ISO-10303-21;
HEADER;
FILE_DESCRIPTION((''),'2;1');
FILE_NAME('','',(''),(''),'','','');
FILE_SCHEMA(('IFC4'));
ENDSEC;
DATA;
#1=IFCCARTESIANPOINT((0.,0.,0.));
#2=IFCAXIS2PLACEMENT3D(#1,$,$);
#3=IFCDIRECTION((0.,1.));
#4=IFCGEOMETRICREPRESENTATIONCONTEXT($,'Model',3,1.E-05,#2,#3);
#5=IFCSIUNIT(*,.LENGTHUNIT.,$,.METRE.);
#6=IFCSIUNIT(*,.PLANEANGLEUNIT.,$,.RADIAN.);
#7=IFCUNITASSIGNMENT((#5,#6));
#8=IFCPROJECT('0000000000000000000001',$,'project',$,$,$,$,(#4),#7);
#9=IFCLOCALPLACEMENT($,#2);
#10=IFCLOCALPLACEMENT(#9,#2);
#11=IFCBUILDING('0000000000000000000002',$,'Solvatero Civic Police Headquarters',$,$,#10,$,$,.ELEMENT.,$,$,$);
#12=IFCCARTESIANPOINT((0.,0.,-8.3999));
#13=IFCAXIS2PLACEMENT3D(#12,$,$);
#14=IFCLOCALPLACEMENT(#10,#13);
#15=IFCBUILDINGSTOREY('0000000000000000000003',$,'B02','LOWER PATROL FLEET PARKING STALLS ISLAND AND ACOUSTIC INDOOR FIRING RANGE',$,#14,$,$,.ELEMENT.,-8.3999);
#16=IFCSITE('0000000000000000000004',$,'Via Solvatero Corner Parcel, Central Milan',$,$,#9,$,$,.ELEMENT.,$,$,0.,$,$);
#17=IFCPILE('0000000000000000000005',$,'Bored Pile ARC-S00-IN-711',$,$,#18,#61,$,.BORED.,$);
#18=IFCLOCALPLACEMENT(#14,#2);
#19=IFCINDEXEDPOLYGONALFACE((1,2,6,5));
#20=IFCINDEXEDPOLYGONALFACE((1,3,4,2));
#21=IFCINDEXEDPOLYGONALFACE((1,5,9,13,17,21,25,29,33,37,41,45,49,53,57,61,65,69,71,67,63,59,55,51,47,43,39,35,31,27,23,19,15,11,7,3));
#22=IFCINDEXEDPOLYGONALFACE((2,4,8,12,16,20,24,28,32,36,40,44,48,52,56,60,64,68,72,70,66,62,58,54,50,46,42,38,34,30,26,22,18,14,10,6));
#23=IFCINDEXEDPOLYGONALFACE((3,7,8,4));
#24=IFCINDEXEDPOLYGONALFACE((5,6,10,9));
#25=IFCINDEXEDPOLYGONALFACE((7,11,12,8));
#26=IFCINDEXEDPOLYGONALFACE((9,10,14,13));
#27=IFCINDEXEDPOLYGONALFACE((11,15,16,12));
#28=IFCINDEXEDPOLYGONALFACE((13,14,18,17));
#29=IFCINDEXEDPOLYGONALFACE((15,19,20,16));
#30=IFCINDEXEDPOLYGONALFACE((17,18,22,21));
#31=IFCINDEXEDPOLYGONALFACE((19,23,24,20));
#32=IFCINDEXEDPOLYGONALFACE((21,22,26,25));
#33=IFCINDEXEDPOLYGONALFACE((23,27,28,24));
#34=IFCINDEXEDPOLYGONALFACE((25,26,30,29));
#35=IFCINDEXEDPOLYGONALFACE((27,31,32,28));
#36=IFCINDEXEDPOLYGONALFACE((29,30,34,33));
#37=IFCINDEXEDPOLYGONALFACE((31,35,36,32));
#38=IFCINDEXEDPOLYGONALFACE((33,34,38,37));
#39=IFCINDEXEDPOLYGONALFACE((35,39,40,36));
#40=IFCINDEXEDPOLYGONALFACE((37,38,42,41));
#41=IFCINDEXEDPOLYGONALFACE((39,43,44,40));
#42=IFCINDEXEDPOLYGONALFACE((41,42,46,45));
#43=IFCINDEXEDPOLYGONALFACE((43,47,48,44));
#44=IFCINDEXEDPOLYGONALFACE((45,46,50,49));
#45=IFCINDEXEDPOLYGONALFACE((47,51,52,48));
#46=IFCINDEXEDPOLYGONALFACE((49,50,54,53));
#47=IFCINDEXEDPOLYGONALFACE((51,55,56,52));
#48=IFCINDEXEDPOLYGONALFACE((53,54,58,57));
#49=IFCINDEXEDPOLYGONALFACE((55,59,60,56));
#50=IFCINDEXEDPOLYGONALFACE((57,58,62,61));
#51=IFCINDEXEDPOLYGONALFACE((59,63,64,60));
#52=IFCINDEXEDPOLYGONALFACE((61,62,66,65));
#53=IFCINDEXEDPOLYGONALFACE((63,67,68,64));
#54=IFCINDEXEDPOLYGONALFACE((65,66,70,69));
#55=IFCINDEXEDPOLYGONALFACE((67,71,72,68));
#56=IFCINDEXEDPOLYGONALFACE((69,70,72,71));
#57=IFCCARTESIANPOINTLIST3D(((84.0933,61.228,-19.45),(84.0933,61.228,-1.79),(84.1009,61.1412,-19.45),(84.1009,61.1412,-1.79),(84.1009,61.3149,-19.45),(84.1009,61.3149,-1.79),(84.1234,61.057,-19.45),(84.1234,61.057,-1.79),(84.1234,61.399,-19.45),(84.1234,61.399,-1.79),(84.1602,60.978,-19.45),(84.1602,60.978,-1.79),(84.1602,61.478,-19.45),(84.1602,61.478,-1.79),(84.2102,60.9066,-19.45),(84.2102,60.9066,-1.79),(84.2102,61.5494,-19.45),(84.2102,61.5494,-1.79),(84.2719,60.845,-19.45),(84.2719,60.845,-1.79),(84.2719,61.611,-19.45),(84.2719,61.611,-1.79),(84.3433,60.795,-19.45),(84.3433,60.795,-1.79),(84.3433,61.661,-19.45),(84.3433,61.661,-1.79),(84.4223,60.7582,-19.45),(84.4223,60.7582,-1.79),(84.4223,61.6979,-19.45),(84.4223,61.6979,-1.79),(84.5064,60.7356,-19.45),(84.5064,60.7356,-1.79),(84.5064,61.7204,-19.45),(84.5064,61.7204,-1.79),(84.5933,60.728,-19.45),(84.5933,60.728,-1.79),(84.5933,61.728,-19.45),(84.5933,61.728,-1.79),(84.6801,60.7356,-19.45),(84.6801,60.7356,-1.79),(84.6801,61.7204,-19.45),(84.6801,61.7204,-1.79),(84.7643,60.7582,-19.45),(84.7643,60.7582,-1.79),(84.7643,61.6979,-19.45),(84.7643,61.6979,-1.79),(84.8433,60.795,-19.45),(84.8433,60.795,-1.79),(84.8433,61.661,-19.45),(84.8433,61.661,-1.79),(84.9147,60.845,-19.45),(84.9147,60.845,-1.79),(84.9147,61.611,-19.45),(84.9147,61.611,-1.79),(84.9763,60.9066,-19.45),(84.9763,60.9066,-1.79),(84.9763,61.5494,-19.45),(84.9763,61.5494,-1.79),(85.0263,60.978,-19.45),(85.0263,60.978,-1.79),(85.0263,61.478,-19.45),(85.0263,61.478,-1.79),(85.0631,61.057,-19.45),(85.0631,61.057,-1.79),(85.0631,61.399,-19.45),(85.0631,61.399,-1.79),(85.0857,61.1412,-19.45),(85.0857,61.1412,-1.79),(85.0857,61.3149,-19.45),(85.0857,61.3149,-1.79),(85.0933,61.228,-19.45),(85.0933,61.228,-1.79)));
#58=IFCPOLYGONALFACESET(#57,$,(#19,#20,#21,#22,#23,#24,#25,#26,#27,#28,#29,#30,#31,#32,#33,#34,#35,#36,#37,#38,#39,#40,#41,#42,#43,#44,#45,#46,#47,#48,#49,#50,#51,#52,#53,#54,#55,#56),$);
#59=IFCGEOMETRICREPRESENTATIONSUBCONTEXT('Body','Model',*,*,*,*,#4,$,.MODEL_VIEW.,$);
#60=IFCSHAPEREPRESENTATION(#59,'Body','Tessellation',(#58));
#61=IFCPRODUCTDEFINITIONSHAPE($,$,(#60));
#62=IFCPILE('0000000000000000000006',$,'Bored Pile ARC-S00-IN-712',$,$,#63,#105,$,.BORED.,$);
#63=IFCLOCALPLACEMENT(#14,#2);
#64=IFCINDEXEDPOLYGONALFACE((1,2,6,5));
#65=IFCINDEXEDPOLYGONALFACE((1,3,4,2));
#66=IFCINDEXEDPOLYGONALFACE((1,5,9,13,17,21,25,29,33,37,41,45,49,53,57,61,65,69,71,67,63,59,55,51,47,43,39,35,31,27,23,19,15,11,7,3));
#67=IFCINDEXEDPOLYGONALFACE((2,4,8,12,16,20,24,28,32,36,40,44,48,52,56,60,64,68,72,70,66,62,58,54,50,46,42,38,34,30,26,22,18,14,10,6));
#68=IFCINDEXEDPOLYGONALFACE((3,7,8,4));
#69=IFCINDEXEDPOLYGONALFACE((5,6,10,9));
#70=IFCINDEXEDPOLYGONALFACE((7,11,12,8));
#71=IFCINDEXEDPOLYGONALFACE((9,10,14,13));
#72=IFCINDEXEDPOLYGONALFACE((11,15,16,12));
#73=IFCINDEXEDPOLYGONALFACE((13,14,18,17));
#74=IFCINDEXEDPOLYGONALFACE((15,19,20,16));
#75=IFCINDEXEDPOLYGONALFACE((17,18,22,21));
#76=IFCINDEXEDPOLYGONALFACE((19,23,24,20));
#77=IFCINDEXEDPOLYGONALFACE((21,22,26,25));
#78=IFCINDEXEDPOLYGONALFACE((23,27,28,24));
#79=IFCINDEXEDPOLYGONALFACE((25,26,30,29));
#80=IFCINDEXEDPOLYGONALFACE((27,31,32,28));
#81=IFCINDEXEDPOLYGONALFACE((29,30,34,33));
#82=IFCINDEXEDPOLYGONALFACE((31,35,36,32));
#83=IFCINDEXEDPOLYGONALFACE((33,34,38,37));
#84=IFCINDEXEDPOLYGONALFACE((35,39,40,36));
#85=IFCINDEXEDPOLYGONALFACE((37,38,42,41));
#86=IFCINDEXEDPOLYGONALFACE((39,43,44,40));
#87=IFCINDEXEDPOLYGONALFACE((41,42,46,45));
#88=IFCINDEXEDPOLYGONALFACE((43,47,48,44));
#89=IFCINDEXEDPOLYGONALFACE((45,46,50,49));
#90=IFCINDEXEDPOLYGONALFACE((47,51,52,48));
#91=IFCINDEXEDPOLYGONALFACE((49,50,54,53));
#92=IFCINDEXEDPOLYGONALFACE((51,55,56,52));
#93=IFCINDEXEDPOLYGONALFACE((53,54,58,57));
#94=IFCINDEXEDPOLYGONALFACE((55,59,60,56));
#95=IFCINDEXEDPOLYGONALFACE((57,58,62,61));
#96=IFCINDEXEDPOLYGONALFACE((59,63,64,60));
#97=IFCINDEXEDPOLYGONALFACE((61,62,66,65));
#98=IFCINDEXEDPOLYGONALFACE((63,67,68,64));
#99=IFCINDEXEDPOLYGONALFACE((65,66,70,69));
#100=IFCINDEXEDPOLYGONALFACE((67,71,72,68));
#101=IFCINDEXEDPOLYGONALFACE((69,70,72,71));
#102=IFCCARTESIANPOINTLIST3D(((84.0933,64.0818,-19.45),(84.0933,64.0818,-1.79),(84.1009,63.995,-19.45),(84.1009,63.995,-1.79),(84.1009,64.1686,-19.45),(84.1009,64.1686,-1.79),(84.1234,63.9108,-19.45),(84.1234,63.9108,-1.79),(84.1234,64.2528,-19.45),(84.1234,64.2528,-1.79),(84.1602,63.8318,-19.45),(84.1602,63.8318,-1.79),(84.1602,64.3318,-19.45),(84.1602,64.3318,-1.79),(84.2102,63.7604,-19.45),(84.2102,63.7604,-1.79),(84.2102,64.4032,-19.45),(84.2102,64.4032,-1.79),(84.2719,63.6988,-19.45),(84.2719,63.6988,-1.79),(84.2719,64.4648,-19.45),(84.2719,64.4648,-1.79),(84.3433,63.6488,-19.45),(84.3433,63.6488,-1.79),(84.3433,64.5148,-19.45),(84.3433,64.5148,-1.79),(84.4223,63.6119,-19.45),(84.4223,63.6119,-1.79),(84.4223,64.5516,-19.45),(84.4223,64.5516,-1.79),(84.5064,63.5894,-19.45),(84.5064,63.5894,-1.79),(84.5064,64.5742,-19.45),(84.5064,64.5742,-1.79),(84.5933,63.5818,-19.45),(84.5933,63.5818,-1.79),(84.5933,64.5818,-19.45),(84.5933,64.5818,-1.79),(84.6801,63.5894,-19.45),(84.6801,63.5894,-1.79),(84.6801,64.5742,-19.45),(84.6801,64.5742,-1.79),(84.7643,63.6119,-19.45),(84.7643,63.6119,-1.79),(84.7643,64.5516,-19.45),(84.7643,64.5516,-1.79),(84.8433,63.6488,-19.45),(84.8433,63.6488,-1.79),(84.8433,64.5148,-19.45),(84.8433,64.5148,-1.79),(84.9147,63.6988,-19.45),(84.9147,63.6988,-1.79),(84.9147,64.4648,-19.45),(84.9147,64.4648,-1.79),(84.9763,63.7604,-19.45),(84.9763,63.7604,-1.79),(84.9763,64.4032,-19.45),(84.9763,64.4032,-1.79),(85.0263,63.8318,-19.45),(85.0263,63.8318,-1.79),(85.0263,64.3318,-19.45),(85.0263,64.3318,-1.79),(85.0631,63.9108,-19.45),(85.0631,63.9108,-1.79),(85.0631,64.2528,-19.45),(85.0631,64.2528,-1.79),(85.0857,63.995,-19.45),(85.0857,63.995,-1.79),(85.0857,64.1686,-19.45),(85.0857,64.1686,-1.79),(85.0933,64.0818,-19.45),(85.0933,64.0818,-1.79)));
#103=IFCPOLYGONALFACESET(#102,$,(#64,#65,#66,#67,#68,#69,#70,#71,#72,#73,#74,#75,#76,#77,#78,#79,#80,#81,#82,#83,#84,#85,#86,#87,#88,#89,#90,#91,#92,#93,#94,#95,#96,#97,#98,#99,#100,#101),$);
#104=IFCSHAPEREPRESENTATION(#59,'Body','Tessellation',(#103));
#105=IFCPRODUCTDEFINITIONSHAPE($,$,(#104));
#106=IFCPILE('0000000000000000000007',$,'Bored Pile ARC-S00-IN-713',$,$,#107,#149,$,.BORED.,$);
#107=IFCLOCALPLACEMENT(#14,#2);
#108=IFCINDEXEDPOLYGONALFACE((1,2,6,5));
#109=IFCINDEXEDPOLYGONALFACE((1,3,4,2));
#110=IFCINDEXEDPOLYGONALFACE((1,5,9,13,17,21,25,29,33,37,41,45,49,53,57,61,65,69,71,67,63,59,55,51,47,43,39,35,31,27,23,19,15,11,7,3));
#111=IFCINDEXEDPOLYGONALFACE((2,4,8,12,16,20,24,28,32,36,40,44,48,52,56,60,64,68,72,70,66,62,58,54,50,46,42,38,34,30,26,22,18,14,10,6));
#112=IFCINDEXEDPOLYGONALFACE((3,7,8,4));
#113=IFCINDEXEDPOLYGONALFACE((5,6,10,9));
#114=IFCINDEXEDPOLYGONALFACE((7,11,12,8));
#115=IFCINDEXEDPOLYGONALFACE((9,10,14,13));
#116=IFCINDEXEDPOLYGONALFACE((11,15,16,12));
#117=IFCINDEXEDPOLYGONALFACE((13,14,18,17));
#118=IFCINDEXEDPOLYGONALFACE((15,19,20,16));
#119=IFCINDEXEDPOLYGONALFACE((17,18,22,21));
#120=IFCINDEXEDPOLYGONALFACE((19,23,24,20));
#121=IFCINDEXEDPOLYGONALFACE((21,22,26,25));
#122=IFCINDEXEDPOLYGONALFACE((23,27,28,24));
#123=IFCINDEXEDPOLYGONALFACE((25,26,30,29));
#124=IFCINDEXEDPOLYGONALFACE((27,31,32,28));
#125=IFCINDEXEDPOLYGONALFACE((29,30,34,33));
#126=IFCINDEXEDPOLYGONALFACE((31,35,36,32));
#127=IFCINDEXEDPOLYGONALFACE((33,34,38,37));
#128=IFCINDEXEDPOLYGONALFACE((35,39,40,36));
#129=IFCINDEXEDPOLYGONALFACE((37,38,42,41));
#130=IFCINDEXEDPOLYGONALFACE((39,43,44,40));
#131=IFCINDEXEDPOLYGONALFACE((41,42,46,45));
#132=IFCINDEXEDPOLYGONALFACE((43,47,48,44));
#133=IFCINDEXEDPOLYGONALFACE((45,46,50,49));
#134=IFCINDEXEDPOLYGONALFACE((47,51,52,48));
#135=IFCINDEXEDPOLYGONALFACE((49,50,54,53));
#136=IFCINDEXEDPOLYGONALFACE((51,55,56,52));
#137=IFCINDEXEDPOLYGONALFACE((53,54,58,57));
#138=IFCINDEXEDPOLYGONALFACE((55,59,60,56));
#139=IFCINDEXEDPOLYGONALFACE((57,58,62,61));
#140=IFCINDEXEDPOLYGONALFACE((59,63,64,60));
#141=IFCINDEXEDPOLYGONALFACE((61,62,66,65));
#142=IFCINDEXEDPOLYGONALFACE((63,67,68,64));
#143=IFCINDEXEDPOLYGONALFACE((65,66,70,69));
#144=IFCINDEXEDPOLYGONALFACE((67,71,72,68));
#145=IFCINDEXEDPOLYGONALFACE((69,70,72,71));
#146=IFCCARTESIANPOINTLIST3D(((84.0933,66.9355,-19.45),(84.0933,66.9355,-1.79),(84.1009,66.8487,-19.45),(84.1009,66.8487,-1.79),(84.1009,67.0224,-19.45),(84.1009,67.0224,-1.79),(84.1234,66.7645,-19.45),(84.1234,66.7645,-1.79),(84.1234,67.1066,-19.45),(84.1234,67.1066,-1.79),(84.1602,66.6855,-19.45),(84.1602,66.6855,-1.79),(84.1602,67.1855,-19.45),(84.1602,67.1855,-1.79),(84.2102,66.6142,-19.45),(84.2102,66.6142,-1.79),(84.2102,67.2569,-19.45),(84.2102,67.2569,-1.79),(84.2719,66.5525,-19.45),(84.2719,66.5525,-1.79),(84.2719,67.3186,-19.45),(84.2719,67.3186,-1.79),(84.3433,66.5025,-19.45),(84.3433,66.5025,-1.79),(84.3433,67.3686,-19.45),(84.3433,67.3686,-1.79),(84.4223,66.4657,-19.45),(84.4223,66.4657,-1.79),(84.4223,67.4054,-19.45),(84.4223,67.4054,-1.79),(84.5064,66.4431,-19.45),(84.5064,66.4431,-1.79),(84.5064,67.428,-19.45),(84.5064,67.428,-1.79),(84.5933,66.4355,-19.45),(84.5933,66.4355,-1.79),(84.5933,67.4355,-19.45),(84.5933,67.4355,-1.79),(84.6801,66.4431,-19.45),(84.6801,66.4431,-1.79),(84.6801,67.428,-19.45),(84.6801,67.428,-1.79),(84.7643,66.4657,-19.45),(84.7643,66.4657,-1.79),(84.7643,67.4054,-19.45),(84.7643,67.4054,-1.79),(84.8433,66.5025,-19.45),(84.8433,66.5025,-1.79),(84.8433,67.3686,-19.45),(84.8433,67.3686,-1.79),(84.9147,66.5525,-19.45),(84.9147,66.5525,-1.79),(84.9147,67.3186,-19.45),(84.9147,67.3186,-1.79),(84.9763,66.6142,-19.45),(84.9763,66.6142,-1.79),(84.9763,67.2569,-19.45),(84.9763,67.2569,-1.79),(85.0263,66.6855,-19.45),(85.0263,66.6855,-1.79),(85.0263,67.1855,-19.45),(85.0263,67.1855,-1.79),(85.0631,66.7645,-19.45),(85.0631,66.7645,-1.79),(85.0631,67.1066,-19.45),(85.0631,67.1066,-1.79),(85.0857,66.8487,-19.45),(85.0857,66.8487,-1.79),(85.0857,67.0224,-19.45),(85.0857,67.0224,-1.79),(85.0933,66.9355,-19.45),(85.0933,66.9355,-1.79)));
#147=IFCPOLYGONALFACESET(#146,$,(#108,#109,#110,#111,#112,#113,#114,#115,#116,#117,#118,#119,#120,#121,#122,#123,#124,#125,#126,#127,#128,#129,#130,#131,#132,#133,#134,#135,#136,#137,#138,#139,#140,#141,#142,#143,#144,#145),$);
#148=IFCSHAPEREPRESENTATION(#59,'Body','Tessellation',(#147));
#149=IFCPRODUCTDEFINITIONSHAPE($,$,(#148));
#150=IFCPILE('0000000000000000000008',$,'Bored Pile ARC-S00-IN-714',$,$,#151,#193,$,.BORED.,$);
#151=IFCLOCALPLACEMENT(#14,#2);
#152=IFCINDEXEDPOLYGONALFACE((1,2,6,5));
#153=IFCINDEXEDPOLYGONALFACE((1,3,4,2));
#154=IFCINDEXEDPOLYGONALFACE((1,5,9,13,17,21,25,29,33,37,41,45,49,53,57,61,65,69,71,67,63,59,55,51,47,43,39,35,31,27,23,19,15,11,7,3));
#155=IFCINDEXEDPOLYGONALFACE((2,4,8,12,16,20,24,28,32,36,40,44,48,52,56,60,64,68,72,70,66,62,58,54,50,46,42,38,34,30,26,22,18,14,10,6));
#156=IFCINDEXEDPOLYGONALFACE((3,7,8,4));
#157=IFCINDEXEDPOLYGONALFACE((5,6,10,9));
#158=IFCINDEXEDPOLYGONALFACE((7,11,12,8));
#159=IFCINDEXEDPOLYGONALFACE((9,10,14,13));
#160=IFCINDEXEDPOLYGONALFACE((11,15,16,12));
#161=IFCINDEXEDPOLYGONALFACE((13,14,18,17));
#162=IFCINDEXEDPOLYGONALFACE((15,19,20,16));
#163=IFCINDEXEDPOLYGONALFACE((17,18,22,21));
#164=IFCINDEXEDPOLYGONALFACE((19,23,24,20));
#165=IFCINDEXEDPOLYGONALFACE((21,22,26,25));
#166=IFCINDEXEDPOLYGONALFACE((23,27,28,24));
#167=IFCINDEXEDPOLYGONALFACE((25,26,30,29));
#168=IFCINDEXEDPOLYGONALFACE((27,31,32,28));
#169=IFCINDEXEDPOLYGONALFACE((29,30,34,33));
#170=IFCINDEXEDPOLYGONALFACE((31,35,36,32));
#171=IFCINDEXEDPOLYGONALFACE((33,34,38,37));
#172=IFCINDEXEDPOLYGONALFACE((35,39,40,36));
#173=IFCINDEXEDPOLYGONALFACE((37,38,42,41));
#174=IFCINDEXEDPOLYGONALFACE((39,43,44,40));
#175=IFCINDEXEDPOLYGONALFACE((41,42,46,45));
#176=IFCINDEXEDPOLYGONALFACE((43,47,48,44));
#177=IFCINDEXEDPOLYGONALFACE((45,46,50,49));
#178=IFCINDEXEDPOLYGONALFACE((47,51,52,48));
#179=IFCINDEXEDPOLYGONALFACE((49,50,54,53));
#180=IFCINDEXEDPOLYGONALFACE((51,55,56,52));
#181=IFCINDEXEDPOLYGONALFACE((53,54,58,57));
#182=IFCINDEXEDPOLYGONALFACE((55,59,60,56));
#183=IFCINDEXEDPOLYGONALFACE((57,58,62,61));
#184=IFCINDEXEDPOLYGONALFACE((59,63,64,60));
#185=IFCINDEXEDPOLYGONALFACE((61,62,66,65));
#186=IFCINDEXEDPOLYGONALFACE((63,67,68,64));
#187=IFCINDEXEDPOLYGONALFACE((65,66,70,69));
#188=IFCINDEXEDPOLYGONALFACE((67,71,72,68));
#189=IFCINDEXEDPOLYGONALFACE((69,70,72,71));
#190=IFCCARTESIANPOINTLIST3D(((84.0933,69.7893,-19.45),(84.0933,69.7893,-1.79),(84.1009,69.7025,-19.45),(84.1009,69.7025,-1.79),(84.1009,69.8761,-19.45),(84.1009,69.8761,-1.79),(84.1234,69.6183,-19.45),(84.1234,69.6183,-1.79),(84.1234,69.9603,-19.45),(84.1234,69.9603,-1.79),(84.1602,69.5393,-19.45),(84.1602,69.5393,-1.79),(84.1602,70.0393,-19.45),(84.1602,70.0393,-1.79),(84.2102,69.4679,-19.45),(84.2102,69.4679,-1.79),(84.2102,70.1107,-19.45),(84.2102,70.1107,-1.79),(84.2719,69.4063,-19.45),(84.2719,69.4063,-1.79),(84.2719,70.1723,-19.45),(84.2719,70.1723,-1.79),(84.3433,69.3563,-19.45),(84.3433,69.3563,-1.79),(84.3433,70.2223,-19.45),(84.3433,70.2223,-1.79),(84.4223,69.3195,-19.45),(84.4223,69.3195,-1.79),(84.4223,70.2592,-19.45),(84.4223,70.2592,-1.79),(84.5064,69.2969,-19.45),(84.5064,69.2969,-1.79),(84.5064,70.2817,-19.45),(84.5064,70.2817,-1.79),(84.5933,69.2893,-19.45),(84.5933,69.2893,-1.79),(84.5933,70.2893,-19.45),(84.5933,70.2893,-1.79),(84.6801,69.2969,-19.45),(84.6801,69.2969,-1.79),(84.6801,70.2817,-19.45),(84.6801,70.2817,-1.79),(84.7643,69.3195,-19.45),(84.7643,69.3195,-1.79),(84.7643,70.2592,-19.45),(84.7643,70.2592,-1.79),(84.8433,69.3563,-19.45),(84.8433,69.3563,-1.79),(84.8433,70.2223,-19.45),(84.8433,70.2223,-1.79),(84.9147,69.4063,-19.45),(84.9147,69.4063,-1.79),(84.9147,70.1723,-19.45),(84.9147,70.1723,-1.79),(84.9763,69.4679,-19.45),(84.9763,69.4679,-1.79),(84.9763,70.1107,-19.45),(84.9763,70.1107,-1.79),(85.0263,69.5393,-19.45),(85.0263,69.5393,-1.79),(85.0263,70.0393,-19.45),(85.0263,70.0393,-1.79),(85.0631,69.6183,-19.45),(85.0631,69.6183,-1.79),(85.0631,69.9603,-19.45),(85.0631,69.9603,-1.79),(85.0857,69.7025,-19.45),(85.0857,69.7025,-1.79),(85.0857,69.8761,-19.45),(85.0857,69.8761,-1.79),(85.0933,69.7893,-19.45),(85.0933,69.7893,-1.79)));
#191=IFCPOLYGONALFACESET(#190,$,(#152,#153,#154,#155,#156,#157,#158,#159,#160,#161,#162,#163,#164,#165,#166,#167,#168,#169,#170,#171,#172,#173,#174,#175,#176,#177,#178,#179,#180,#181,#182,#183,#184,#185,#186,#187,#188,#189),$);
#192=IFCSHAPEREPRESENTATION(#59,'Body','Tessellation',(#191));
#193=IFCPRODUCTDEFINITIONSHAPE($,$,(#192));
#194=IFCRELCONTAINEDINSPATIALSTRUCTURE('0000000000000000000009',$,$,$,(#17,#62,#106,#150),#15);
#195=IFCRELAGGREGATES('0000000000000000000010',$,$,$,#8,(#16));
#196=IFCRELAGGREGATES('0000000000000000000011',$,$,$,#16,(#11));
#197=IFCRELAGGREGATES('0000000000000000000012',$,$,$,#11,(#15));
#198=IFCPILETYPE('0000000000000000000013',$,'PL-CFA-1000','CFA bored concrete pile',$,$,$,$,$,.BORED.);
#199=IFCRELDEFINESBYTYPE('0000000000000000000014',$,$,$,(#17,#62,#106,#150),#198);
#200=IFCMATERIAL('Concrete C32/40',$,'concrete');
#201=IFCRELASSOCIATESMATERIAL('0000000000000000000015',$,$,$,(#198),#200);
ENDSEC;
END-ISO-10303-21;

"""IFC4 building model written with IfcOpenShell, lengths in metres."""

from ifc_helpers import new_model, si_unit, direction, frame, origin, origin_2d, place, context, subcontext, project, spatial, circle, extrude, material, material_profile, profile_set, type_object, element, save


model = new_model("IFC4")

# Units and contexts
model_context = context("Model", 3, precision=1e-05, world=origin(), true_north=direction((0.0, 1.0)))
body_context = subcontext(model_context, "Body", "Model", "MODEL_VIEW")
ifc_project = project(units=[si_unit("LENGTHUNIT", "METRE"), si_unit("PLANEANGLEUNIT", "RADIAN")], contexts=[model_context])

# Site, building, storey
site_placement = place(None, origin())
site = spatial("IfcSite", under=ifc_project, at=site_placement, Name="Via Solvatero Corner Parcel, Central Milan", CompositionType="ELEMENT", RefElevation=0.0)
building_placement = place(site_placement, origin())
building = spatial("IfcBuilding", under=site, at=building_placement, Name="Solvatero Civic Police Headquarters", CompositionType="ELEMENT")
storey_placement = place(building_placement, frame((0.0, 0.0, -8.3999)))
storey = spatial("IfcBuildingStorey", under=building, at=storey_placement, Name="B02", Description="LOWER PATROL FLEET PARKING STALLS ISLAND AND ACOUSTIC INDOOR FIRING RANGE", CompositionType="ELEMENT", Elevation=-8.3999)

# Piles
ifc_material_1 = material(Name="Concrete C32/40", Category="concrete")
ifc_material_profile_1 = material_profile(ifc_material_1, circle(Radius=0.5, at=origin_2d()), Name="CFA PILE D1000")
ifc_profile_set_1 = profile_set([ifc_material_profile_1], Name="Concrete C32/40")
pile_type = type_object("IfcPileType", Name="PL-CFA-1000", Description="CFA bored concrete pile", PredefinedType="BORED", material=ifc_profile_set_1)
for number, where, z_axis, x_axis, name in (
    (1, (84.5933, 61.228, -1.79), (0.0, 0.0, -1.0), (1.0, 0.0, 0.0), "Bored Pile ARC-S00-IN-711"),
    (2, (84.5933, 64.0818, -1.79), (0.0, 0.0, -1.0), (1.0, 0.0, 0.0), "Bored Pile ARC-S00-IN-712"),
    (3, (84.5933, 66.9355, -1.79), (0.0, 0.0, -1.0), (1.0, 0.0, 0.0), "Bored Pile ARC-S00-IN-713"),
    (4, (84.5933, 69.7893, -1.79), (0.0, 0.0, -1.0), (1.0, 0.0, 0.0), "Bored Pile ARC-S00-IN-714"),
):
    element("IfcPile", number, at=place(storey_placement, frame(where, z_axis=z_axis, x_axis=x_axis)), inside=storey, type_object=pile_type, Name=name, PredefinedType="BORED", context=body_context, shape_type="SweptSolid", body=[
        extrude(circle(Radius=0.5, at=origin_2d()), origin(), (0.0, 0.0, 1.0), 17.6599),
    ])

save(model, "model.ifc")
